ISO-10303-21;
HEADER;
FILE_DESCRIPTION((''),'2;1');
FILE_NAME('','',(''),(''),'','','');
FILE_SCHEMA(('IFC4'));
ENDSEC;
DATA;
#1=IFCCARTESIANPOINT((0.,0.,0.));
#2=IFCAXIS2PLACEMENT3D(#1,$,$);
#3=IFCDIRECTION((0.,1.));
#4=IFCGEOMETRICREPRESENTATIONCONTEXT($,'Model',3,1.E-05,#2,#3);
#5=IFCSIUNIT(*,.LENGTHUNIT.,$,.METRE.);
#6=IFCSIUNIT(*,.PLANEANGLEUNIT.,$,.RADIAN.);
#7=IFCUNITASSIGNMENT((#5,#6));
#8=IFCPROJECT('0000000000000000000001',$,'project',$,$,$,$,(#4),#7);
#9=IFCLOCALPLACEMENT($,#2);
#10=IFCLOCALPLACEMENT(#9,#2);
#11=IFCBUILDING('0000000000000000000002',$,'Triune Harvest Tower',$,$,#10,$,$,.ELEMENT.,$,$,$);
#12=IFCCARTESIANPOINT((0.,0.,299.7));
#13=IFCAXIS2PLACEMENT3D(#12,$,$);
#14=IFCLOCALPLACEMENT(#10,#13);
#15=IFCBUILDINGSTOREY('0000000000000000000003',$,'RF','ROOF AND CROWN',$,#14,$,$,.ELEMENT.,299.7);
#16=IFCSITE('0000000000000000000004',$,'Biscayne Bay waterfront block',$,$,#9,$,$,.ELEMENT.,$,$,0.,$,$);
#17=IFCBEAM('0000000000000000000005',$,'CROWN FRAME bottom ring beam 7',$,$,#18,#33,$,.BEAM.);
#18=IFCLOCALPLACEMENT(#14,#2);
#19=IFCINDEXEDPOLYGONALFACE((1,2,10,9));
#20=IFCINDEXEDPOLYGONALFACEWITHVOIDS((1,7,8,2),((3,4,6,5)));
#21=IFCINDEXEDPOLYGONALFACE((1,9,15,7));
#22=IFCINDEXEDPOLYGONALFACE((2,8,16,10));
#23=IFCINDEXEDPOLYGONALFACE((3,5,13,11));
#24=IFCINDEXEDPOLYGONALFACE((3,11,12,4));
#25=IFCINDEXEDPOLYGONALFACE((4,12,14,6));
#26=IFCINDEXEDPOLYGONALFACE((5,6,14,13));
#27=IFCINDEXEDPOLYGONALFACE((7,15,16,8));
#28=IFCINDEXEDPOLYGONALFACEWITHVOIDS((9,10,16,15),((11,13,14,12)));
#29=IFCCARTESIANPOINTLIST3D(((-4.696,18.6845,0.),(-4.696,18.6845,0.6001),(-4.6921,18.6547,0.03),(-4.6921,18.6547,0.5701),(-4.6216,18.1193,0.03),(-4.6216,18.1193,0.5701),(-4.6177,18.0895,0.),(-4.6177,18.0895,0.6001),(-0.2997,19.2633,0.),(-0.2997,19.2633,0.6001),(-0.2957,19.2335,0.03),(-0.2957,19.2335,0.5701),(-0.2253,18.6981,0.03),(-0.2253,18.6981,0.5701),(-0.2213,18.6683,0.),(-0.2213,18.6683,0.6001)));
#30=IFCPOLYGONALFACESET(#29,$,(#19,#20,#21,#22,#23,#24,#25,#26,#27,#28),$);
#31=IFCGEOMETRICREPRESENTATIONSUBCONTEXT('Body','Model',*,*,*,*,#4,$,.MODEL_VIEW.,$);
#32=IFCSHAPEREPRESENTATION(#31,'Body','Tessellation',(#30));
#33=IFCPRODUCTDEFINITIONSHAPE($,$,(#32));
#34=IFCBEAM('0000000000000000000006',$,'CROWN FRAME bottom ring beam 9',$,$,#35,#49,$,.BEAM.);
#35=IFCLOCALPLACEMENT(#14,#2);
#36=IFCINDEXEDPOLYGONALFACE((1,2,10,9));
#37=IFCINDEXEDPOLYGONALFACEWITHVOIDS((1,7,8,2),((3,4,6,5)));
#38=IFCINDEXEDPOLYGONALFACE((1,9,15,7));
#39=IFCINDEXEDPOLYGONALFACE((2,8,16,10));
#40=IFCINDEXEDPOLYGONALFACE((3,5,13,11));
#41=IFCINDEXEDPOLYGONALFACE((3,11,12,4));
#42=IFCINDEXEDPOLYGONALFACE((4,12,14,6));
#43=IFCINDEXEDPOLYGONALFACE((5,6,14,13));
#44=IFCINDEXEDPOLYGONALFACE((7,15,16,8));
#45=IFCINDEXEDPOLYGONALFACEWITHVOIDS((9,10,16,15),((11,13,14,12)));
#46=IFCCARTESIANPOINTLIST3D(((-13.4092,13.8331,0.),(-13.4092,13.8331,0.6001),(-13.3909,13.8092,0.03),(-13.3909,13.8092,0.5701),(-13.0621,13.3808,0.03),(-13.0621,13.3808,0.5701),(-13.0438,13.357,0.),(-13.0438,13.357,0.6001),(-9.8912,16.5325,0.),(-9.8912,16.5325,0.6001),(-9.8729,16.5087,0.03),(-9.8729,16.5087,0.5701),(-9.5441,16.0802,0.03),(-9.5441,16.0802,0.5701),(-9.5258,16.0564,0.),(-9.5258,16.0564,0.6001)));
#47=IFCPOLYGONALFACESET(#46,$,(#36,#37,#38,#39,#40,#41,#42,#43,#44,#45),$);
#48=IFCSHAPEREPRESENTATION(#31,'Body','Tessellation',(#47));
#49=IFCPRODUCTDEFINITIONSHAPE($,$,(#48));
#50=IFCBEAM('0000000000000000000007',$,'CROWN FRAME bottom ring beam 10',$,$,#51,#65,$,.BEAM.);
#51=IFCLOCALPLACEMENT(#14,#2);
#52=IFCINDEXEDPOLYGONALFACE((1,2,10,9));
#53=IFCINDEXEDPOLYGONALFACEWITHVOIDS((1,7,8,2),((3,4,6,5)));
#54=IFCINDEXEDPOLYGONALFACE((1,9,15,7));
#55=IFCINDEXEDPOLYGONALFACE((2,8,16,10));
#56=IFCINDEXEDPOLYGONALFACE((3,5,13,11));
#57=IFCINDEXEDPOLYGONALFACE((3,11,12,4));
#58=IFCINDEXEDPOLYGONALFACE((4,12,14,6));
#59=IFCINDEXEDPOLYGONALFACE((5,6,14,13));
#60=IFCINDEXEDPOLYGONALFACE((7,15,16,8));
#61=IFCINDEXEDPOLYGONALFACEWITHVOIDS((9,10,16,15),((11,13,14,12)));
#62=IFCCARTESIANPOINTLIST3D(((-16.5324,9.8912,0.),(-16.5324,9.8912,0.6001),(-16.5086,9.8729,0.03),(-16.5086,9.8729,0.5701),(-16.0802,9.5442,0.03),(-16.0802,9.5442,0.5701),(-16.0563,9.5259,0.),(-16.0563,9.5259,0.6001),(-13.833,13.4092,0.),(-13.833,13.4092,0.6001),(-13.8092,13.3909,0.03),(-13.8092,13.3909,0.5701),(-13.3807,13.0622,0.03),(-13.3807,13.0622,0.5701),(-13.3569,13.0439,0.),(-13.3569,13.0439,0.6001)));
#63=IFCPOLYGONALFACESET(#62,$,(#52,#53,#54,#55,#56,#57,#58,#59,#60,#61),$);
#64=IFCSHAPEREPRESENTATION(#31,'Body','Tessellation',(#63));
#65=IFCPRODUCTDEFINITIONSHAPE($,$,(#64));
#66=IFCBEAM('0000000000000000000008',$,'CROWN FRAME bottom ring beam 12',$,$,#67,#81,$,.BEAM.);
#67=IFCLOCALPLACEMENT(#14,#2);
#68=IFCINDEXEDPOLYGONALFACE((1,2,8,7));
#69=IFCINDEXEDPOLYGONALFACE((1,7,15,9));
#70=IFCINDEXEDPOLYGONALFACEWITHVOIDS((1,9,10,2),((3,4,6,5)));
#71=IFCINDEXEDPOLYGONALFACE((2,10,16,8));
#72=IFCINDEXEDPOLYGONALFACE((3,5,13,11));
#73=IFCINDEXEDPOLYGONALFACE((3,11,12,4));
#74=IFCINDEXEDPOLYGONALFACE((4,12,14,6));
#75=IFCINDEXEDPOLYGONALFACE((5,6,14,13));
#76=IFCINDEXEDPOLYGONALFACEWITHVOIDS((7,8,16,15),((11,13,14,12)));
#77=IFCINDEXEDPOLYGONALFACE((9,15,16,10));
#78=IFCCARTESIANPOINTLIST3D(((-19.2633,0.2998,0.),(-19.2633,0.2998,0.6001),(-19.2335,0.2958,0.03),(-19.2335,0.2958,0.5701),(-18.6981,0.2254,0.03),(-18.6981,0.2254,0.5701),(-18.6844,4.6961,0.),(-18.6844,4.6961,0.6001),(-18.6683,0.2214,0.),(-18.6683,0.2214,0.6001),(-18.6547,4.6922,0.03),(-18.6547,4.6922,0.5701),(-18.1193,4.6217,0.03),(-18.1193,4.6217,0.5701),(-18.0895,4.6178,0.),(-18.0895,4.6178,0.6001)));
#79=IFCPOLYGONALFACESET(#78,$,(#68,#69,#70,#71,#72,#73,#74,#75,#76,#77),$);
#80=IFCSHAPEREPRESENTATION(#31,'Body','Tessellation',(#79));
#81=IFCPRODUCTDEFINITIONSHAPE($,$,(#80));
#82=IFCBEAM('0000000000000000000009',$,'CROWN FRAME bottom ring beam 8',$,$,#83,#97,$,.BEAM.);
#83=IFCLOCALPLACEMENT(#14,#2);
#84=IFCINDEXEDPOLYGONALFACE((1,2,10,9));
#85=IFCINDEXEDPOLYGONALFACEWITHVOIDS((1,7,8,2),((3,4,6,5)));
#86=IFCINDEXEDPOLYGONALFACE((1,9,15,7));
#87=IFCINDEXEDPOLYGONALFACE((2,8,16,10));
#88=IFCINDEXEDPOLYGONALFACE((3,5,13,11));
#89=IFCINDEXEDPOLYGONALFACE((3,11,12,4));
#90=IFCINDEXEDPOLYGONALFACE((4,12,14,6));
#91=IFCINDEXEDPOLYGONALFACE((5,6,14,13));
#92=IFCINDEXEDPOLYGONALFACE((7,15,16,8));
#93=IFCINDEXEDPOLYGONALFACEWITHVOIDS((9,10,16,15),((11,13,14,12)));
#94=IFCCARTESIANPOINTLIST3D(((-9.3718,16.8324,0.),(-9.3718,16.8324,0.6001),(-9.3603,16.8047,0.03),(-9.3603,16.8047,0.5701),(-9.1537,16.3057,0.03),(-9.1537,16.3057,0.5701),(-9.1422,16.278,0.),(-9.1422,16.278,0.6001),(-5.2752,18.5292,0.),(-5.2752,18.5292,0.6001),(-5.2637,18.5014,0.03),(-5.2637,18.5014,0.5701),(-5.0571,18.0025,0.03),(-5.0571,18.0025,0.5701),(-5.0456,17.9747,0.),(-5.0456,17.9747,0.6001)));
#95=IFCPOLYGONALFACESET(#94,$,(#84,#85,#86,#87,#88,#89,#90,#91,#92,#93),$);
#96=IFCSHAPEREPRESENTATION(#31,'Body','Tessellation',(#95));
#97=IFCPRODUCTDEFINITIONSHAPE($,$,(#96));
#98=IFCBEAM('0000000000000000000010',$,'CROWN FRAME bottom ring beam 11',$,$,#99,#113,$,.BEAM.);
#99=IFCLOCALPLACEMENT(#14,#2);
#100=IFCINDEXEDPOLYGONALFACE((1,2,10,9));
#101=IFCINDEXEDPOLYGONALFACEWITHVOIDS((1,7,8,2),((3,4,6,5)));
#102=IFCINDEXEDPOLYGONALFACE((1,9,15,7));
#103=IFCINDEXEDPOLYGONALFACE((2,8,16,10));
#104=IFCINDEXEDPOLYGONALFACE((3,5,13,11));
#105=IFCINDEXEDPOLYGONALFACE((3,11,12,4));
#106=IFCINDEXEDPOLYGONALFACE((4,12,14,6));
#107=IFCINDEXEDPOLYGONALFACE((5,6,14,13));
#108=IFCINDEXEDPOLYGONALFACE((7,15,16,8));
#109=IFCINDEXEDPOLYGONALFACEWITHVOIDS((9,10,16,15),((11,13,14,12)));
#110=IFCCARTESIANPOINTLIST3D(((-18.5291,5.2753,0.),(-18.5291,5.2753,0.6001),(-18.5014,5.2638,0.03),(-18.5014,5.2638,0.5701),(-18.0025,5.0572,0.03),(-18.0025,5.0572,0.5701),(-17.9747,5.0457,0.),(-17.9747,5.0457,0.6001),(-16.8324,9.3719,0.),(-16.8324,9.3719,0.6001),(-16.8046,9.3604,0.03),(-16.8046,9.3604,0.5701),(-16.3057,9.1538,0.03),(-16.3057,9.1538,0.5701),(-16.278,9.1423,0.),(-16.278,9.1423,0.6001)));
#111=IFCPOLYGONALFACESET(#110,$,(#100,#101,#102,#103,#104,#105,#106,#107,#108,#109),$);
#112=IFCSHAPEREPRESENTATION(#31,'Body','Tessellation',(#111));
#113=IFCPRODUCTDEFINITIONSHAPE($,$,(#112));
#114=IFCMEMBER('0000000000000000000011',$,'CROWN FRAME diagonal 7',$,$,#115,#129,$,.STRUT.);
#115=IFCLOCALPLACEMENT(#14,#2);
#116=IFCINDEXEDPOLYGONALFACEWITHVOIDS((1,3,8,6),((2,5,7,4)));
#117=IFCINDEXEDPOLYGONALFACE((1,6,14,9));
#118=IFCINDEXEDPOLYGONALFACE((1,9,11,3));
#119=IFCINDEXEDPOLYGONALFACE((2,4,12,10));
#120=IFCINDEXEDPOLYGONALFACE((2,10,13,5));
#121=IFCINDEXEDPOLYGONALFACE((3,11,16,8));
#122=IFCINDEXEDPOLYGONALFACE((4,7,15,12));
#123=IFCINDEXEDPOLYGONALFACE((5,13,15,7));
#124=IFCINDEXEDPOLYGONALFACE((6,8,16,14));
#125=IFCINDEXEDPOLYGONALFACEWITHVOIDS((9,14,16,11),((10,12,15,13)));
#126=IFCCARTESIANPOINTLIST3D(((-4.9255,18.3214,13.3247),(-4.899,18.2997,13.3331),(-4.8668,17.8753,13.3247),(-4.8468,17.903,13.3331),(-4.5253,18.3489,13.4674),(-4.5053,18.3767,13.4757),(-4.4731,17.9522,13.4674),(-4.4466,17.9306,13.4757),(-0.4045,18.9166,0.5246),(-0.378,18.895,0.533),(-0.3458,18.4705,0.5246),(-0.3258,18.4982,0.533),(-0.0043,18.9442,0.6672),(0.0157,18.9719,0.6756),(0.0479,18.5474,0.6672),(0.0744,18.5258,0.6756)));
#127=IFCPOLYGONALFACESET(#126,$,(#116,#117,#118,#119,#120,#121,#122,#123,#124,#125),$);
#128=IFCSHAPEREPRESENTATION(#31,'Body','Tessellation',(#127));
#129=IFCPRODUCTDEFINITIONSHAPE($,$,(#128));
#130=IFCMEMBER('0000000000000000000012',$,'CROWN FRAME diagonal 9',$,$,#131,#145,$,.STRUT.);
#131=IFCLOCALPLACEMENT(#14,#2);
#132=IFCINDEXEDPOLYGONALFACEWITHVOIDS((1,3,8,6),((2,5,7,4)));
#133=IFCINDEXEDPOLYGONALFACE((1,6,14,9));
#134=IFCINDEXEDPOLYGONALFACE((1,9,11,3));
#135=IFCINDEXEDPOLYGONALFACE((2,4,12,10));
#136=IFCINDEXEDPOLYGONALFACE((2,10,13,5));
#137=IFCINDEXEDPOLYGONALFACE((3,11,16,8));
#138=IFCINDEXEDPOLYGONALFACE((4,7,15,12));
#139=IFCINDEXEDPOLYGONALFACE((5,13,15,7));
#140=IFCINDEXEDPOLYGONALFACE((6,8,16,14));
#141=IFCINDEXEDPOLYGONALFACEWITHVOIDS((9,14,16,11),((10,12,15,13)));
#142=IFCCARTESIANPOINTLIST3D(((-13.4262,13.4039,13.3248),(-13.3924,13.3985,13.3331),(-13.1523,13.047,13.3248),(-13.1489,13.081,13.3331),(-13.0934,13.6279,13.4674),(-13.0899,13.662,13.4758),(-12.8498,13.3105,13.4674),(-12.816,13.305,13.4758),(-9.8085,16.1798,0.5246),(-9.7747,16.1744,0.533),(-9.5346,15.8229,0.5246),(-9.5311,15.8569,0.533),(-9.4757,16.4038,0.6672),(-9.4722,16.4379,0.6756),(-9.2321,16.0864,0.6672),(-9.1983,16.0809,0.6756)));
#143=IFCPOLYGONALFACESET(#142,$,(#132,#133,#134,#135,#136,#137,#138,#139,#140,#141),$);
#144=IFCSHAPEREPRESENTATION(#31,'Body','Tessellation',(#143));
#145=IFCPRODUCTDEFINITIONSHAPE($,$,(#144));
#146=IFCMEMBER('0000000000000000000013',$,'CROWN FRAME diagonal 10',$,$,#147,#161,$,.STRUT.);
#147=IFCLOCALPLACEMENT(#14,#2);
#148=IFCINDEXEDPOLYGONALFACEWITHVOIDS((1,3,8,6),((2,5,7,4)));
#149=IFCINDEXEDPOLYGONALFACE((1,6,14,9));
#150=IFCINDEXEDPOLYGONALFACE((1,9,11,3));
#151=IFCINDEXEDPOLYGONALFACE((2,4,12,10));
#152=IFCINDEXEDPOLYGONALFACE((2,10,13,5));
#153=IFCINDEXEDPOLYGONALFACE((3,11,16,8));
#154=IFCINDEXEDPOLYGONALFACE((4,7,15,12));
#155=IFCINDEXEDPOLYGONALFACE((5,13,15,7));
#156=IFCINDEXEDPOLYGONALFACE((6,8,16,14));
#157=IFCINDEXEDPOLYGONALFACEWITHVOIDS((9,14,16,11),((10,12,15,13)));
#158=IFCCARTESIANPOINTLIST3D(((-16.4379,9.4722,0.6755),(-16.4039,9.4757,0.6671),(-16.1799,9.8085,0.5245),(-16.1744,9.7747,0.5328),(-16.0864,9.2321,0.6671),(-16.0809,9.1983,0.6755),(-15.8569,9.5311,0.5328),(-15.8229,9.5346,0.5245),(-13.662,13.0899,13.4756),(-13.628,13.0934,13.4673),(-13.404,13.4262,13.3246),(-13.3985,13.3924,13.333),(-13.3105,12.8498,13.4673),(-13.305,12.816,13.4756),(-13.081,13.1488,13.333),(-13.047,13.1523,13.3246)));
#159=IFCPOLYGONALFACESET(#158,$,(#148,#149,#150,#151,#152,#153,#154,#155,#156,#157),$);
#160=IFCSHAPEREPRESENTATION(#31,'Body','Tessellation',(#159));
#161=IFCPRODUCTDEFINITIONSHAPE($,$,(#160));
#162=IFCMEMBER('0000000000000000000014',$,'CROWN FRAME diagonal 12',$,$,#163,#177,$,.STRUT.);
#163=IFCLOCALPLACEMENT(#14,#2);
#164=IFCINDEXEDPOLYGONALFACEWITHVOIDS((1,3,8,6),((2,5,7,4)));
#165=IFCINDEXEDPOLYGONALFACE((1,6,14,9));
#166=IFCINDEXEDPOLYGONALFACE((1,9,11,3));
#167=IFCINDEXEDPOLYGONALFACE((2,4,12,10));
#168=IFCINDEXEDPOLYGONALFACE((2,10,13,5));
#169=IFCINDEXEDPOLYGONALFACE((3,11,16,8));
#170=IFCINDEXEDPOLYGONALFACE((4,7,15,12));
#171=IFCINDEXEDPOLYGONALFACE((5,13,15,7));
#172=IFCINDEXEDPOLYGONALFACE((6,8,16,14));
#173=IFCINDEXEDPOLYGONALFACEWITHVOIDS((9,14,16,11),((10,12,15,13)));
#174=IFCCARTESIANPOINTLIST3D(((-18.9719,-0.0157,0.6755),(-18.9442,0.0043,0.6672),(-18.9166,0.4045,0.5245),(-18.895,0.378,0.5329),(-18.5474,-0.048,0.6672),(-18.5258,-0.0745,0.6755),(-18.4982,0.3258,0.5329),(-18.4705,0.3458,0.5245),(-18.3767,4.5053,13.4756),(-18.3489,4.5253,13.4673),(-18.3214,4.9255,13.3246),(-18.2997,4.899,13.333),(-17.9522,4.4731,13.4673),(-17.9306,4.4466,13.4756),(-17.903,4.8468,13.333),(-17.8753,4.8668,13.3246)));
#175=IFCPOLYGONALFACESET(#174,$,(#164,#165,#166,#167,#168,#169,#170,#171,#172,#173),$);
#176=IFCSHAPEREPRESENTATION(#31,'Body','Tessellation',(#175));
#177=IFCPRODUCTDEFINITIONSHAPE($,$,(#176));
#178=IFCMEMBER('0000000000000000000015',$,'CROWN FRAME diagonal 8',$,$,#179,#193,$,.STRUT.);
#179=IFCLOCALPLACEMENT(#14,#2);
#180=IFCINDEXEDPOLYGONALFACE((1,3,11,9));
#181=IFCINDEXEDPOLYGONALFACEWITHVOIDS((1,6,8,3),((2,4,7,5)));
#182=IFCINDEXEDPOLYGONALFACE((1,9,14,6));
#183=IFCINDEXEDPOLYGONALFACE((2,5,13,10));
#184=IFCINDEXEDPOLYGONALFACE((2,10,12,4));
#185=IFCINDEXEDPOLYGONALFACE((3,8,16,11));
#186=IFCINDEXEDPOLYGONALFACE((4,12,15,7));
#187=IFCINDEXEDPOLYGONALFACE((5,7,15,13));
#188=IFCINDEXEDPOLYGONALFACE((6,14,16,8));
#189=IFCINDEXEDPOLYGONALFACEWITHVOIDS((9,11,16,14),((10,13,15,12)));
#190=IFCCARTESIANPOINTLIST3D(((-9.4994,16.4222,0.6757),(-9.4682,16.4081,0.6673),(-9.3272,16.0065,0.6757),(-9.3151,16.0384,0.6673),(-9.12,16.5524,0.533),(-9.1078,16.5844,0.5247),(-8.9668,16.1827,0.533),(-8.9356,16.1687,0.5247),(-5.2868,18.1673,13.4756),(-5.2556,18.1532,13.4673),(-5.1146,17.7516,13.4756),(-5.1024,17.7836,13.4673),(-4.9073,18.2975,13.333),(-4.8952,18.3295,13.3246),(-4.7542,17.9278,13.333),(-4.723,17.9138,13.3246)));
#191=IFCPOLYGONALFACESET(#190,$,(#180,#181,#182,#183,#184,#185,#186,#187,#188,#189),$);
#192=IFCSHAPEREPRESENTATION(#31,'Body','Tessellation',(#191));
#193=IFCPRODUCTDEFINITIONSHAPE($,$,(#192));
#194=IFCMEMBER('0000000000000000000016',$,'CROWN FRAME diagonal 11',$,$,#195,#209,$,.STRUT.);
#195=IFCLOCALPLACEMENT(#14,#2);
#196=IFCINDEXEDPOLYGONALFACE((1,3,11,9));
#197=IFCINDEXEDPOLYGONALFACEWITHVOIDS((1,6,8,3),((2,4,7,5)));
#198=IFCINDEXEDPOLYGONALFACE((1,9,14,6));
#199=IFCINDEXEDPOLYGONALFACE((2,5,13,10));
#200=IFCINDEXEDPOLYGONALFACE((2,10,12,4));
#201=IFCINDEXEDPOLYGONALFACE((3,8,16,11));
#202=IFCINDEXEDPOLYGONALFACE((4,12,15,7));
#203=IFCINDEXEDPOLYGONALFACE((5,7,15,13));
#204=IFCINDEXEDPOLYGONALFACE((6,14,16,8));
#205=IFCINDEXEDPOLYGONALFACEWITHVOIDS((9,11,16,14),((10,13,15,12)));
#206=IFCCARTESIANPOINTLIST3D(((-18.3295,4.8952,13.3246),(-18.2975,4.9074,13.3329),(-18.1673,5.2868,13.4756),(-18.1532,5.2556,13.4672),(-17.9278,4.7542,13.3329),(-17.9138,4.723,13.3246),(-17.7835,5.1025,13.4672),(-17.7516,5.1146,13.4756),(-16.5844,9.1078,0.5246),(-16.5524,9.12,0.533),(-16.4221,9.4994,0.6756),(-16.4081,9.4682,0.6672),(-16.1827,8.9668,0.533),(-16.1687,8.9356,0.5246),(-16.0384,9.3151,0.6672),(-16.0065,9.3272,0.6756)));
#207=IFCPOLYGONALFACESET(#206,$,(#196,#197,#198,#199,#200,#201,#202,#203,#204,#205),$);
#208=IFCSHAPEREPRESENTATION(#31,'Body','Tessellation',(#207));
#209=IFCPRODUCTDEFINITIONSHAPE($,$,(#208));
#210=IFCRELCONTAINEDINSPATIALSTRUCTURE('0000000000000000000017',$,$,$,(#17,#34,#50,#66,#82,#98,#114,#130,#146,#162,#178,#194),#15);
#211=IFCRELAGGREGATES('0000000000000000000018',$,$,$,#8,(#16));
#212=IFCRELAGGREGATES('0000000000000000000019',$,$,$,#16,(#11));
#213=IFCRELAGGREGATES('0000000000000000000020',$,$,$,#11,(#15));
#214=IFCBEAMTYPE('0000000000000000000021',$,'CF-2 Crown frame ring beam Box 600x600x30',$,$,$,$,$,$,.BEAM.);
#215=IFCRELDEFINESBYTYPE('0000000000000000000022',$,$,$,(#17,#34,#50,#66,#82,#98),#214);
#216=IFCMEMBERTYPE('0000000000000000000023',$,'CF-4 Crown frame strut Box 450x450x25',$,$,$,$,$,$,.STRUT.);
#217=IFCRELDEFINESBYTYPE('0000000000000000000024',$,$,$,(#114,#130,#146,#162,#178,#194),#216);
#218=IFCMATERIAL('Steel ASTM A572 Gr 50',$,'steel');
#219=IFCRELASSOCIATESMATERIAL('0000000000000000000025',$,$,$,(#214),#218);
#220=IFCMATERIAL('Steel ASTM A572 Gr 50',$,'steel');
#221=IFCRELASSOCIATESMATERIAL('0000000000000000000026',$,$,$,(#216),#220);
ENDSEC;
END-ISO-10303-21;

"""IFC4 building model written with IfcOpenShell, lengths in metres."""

from ifc_helpers import new_model, si_unit, direction, frame, origin, origin_2d, place, context, subcontext, project, spatial, hollow_rectangle, extrude, source, transform, mapped, material, material_profile, profile_set, type_object, element, save


model = new_model("IFC4")

# Units and contexts
model_context = context("Model", 3, precision=1e-05, world=origin(), true_north=direction((0.0, 1.0)))
body_context = subcontext(model_context, "Body", "Model", "MODEL_VIEW")
ifc_project = project(units=[si_unit("LENGTHUNIT", "METRE"), si_unit("PLANEANGLEUNIT", "RADIAN")], contexts=[model_context])

# Site, building, storey
site_placement = place(None, origin())
site = spatial("IfcSite", under=ifc_project, at=site_placement, Name="Biscayne Bay waterfront block", CompositionType="ELEMENT", RefElevation=0.0)
building_placement = place(site_placement, origin())
building = spatial("IfcBuilding", under=site, at=building_placement, Name="Triune Harvest Tower", CompositionType="ELEMENT")
storey_placement = place(building_placement, frame((0.0, 0.0, 299.7)))
storey = spatial("IfcBuildingStorey", under=building, at=storey_placement, Name="RF", Description="ROOF AND CROWN", CompositionType="ELEMENT", Elevation=299.7)

# Beams
ifc_material_1 = material(Name="Steel ASTM A572 Gr 50", Category="steel")
ifc_material_profile_1 = material_profile(ifc_material_1, hollow_rectangle(XDim=0.6001, YDim=0.6001, WallThickness=0.03, at=origin_2d()), Name="Box 600x600x30")
ifc_profile_set_1 = profile_set([ifc_material_profile_1], Name="Steel ASTM A572 Gr 50")
beam_type = type_object("IfcBeamType", Name="CF-2 Crown frame ring beam Box 600x600x30", PredefinedType="BEAM", material=ifc_profile_set_1)
shared_shape_1 = source(origin(), body_context, "Body", "SweptSolid", [
    extrude(hollow_rectangle(XDim=0.6001, YDim=0.6001, WallThickness=0.03, at=origin_2d()), origin(), (0.0, 0.0, 1.0), 4.4343),
])
for number, where, z_axis, x_axis, name in (
    (1, (-0.2605, 18.9658, 0.3), (-0.991443, -0.130537, 0.0), (0.130537, -0.991443, 0.0), "CROWN FRAME bottom ring beam 7"),
    (2, (-9.7085, 16.2944, 0.3), (-0.793358, -0.608755, 0.0), (0.608755, -0.793358, 0.0), "CROWN FRAME bottom ring beam 9"),
    (3, (-13.595, 13.2266, 0.3), (-0.608755, -0.793358, 0.0), (0.793358, -0.608755, 0.0), "CROWN FRAME bottom ring beam 10"),
    (4, (-18.387, 4.657, 0.3), (-0.130537, -0.991443, 0.0), (0.991443, -0.130537, 0.0), "CROWN FRAME bottom ring beam 12"),
):
    element("IfcBeam", number, at=place(storey_placement, frame(where, z_axis=z_axis, x_axis=x_axis)), inside=storey, type_object=beam_type, Name=name, PredefinedType="BEAM", context=body_context, shape_type="MappedRepresentation", body=[
        mapped(shared_shape_1, transform((0.0, 0.0, 0.0), scale=1.0)),
    ])
shared_shape_2 = source(origin(), body_context, "Body", "SweptSolid", [
    extrude(hollow_rectangle(XDim=0.6001, YDim=0.6001, WallThickness=0.03, at=origin_2d()), origin(), (0.0, 0.0, 1.0), 4.4341),
])
for number, where, z_axis, x_axis, name in (
    (5, (-5.1604, 18.252, 0.3), (-0.923889, -0.38266, 0.0), (0.38266, -0.923889, 0.0), "CROWN FRAME bottom ring beam 8"),
    (6, (-16.5552, 9.2571, 0.3), (-0.38266, -0.923889, 0.0), (0.923889, -0.38266, 0.0), "CROWN FRAME bottom ring beam 11"),
):
    element("IfcBeam", number, at=place(storey_placement, frame(where, z_axis=z_axis, x_axis=x_axis)), inside=storey, type_object=beam_type, Name=name, PredefinedType="BEAM", context=body_context, shape_type="MappedRepresentation", body=[
        mapped(shared_shape_2, transform((0.0, 0.0, 0.0), scale=1.0)),
    ])

# Members
ifc_material_2 = material(Name="Steel ASTM A572 Gr 50", Category="steel")
ifc_material_profile_2 = material_profile(ifc_material_2, hollow_rectangle(XDim=0.45, YDim=0.45, WallThickness=0.0249, at=origin_2d()), Name="Box 450x450x25")
ifc_profile_set_2 = profile_set([ifc_material_profile_2], Name="Steel ASTM A572 Gr 50")
member_type = type_object("IfcMemberType", Name="CF-4 Crown frame strut Box 450x450x25", PredefinedType="STRUT", material=ifc_profile_set_2)
shared_shape_3 = source(origin(), body_context, "Body", "SweptSolid", [
    extrude(hollow_rectangle(XDim=0.45, YDim=0.45, WallThickness=0.0249, at=origin_2d()), origin(), (0.0, 0.0, 1.0), 13.5881),
])
for number, where, z_axis, x_axis, name in (
    (7, (-0.165, 18.7212, 0.6001), (-0.332719, -0.043804, 0.942008), (0.130529, -0.991444, 0.0), "CROWN FRAME diagonal 7"),
    (8, (-9.5034, 16.1304, 0.6001), (-0.26624, -0.204289, 0.94201), (0.608753, -0.79336, 0.0), "CROWN FRAME diagonal 9"),
    (9, (-13.3545, 13.1211, 13.4001), (-0.204289, -0.26624, -0.94201), (0.79336, -0.608753, 0.0), "CROWN FRAME diagonal 10"),
    (10, (-18.126, 4.686, 13.4001), (-0.043804, -0.332719, -0.942008), (0.991444, -0.130529, 0.0), "CROWN FRAME diagonal 12"),
):
    element("IfcMember", number, at=place(storey_placement, frame(where, z_axis=z_axis, x_axis=x_axis)), inside=storey, type_object=member_type, Name=name, PredefinedType="STRUT", context=body_context, shape_type="MappedRepresentation", body=[
        mapped(shared_shape_3, transform((0.0, 0.0, 0.0), scale=1.0)),
    ])
shared_shape_4 = source(origin(), body_context, "Body", "SweptSolid", [
    extrude(hollow_rectangle(XDim=0.45, YDim=0.45, WallThickness=0.0249, at=origin_2d()), origin(), (0.0, 0.0, 1.0), 13.5879),
])
for number, where, z_axis, x_axis, name in (
    (11, (-5.0049, 18.0405, 13.4001), (-0.310028, -0.128431, -0.942013), (0.382717, -0.923865, 0.0), "CROWN FRAME diagonal 8"),
    (12, (-16.2954, 9.2175, 0.6001), (-0.128431, -0.310028, 0.942013), (0.923865, -0.382717, 0.0), "CROWN FRAME diagonal 11"),
):
    element("IfcMember", number, at=place(storey_placement, frame(where, z_axis=z_axis, x_axis=x_axis)), inside=storey, type_object=member_type, Name=name, PredefinedType="STRUT", context=body_context, shape_type="MappedRepresentation", body=[
        mapped(shared_shape_4, transform((0.0, 0.0, 0.0), scale=1.0)),
    ])

save(model, "model.ifc")
